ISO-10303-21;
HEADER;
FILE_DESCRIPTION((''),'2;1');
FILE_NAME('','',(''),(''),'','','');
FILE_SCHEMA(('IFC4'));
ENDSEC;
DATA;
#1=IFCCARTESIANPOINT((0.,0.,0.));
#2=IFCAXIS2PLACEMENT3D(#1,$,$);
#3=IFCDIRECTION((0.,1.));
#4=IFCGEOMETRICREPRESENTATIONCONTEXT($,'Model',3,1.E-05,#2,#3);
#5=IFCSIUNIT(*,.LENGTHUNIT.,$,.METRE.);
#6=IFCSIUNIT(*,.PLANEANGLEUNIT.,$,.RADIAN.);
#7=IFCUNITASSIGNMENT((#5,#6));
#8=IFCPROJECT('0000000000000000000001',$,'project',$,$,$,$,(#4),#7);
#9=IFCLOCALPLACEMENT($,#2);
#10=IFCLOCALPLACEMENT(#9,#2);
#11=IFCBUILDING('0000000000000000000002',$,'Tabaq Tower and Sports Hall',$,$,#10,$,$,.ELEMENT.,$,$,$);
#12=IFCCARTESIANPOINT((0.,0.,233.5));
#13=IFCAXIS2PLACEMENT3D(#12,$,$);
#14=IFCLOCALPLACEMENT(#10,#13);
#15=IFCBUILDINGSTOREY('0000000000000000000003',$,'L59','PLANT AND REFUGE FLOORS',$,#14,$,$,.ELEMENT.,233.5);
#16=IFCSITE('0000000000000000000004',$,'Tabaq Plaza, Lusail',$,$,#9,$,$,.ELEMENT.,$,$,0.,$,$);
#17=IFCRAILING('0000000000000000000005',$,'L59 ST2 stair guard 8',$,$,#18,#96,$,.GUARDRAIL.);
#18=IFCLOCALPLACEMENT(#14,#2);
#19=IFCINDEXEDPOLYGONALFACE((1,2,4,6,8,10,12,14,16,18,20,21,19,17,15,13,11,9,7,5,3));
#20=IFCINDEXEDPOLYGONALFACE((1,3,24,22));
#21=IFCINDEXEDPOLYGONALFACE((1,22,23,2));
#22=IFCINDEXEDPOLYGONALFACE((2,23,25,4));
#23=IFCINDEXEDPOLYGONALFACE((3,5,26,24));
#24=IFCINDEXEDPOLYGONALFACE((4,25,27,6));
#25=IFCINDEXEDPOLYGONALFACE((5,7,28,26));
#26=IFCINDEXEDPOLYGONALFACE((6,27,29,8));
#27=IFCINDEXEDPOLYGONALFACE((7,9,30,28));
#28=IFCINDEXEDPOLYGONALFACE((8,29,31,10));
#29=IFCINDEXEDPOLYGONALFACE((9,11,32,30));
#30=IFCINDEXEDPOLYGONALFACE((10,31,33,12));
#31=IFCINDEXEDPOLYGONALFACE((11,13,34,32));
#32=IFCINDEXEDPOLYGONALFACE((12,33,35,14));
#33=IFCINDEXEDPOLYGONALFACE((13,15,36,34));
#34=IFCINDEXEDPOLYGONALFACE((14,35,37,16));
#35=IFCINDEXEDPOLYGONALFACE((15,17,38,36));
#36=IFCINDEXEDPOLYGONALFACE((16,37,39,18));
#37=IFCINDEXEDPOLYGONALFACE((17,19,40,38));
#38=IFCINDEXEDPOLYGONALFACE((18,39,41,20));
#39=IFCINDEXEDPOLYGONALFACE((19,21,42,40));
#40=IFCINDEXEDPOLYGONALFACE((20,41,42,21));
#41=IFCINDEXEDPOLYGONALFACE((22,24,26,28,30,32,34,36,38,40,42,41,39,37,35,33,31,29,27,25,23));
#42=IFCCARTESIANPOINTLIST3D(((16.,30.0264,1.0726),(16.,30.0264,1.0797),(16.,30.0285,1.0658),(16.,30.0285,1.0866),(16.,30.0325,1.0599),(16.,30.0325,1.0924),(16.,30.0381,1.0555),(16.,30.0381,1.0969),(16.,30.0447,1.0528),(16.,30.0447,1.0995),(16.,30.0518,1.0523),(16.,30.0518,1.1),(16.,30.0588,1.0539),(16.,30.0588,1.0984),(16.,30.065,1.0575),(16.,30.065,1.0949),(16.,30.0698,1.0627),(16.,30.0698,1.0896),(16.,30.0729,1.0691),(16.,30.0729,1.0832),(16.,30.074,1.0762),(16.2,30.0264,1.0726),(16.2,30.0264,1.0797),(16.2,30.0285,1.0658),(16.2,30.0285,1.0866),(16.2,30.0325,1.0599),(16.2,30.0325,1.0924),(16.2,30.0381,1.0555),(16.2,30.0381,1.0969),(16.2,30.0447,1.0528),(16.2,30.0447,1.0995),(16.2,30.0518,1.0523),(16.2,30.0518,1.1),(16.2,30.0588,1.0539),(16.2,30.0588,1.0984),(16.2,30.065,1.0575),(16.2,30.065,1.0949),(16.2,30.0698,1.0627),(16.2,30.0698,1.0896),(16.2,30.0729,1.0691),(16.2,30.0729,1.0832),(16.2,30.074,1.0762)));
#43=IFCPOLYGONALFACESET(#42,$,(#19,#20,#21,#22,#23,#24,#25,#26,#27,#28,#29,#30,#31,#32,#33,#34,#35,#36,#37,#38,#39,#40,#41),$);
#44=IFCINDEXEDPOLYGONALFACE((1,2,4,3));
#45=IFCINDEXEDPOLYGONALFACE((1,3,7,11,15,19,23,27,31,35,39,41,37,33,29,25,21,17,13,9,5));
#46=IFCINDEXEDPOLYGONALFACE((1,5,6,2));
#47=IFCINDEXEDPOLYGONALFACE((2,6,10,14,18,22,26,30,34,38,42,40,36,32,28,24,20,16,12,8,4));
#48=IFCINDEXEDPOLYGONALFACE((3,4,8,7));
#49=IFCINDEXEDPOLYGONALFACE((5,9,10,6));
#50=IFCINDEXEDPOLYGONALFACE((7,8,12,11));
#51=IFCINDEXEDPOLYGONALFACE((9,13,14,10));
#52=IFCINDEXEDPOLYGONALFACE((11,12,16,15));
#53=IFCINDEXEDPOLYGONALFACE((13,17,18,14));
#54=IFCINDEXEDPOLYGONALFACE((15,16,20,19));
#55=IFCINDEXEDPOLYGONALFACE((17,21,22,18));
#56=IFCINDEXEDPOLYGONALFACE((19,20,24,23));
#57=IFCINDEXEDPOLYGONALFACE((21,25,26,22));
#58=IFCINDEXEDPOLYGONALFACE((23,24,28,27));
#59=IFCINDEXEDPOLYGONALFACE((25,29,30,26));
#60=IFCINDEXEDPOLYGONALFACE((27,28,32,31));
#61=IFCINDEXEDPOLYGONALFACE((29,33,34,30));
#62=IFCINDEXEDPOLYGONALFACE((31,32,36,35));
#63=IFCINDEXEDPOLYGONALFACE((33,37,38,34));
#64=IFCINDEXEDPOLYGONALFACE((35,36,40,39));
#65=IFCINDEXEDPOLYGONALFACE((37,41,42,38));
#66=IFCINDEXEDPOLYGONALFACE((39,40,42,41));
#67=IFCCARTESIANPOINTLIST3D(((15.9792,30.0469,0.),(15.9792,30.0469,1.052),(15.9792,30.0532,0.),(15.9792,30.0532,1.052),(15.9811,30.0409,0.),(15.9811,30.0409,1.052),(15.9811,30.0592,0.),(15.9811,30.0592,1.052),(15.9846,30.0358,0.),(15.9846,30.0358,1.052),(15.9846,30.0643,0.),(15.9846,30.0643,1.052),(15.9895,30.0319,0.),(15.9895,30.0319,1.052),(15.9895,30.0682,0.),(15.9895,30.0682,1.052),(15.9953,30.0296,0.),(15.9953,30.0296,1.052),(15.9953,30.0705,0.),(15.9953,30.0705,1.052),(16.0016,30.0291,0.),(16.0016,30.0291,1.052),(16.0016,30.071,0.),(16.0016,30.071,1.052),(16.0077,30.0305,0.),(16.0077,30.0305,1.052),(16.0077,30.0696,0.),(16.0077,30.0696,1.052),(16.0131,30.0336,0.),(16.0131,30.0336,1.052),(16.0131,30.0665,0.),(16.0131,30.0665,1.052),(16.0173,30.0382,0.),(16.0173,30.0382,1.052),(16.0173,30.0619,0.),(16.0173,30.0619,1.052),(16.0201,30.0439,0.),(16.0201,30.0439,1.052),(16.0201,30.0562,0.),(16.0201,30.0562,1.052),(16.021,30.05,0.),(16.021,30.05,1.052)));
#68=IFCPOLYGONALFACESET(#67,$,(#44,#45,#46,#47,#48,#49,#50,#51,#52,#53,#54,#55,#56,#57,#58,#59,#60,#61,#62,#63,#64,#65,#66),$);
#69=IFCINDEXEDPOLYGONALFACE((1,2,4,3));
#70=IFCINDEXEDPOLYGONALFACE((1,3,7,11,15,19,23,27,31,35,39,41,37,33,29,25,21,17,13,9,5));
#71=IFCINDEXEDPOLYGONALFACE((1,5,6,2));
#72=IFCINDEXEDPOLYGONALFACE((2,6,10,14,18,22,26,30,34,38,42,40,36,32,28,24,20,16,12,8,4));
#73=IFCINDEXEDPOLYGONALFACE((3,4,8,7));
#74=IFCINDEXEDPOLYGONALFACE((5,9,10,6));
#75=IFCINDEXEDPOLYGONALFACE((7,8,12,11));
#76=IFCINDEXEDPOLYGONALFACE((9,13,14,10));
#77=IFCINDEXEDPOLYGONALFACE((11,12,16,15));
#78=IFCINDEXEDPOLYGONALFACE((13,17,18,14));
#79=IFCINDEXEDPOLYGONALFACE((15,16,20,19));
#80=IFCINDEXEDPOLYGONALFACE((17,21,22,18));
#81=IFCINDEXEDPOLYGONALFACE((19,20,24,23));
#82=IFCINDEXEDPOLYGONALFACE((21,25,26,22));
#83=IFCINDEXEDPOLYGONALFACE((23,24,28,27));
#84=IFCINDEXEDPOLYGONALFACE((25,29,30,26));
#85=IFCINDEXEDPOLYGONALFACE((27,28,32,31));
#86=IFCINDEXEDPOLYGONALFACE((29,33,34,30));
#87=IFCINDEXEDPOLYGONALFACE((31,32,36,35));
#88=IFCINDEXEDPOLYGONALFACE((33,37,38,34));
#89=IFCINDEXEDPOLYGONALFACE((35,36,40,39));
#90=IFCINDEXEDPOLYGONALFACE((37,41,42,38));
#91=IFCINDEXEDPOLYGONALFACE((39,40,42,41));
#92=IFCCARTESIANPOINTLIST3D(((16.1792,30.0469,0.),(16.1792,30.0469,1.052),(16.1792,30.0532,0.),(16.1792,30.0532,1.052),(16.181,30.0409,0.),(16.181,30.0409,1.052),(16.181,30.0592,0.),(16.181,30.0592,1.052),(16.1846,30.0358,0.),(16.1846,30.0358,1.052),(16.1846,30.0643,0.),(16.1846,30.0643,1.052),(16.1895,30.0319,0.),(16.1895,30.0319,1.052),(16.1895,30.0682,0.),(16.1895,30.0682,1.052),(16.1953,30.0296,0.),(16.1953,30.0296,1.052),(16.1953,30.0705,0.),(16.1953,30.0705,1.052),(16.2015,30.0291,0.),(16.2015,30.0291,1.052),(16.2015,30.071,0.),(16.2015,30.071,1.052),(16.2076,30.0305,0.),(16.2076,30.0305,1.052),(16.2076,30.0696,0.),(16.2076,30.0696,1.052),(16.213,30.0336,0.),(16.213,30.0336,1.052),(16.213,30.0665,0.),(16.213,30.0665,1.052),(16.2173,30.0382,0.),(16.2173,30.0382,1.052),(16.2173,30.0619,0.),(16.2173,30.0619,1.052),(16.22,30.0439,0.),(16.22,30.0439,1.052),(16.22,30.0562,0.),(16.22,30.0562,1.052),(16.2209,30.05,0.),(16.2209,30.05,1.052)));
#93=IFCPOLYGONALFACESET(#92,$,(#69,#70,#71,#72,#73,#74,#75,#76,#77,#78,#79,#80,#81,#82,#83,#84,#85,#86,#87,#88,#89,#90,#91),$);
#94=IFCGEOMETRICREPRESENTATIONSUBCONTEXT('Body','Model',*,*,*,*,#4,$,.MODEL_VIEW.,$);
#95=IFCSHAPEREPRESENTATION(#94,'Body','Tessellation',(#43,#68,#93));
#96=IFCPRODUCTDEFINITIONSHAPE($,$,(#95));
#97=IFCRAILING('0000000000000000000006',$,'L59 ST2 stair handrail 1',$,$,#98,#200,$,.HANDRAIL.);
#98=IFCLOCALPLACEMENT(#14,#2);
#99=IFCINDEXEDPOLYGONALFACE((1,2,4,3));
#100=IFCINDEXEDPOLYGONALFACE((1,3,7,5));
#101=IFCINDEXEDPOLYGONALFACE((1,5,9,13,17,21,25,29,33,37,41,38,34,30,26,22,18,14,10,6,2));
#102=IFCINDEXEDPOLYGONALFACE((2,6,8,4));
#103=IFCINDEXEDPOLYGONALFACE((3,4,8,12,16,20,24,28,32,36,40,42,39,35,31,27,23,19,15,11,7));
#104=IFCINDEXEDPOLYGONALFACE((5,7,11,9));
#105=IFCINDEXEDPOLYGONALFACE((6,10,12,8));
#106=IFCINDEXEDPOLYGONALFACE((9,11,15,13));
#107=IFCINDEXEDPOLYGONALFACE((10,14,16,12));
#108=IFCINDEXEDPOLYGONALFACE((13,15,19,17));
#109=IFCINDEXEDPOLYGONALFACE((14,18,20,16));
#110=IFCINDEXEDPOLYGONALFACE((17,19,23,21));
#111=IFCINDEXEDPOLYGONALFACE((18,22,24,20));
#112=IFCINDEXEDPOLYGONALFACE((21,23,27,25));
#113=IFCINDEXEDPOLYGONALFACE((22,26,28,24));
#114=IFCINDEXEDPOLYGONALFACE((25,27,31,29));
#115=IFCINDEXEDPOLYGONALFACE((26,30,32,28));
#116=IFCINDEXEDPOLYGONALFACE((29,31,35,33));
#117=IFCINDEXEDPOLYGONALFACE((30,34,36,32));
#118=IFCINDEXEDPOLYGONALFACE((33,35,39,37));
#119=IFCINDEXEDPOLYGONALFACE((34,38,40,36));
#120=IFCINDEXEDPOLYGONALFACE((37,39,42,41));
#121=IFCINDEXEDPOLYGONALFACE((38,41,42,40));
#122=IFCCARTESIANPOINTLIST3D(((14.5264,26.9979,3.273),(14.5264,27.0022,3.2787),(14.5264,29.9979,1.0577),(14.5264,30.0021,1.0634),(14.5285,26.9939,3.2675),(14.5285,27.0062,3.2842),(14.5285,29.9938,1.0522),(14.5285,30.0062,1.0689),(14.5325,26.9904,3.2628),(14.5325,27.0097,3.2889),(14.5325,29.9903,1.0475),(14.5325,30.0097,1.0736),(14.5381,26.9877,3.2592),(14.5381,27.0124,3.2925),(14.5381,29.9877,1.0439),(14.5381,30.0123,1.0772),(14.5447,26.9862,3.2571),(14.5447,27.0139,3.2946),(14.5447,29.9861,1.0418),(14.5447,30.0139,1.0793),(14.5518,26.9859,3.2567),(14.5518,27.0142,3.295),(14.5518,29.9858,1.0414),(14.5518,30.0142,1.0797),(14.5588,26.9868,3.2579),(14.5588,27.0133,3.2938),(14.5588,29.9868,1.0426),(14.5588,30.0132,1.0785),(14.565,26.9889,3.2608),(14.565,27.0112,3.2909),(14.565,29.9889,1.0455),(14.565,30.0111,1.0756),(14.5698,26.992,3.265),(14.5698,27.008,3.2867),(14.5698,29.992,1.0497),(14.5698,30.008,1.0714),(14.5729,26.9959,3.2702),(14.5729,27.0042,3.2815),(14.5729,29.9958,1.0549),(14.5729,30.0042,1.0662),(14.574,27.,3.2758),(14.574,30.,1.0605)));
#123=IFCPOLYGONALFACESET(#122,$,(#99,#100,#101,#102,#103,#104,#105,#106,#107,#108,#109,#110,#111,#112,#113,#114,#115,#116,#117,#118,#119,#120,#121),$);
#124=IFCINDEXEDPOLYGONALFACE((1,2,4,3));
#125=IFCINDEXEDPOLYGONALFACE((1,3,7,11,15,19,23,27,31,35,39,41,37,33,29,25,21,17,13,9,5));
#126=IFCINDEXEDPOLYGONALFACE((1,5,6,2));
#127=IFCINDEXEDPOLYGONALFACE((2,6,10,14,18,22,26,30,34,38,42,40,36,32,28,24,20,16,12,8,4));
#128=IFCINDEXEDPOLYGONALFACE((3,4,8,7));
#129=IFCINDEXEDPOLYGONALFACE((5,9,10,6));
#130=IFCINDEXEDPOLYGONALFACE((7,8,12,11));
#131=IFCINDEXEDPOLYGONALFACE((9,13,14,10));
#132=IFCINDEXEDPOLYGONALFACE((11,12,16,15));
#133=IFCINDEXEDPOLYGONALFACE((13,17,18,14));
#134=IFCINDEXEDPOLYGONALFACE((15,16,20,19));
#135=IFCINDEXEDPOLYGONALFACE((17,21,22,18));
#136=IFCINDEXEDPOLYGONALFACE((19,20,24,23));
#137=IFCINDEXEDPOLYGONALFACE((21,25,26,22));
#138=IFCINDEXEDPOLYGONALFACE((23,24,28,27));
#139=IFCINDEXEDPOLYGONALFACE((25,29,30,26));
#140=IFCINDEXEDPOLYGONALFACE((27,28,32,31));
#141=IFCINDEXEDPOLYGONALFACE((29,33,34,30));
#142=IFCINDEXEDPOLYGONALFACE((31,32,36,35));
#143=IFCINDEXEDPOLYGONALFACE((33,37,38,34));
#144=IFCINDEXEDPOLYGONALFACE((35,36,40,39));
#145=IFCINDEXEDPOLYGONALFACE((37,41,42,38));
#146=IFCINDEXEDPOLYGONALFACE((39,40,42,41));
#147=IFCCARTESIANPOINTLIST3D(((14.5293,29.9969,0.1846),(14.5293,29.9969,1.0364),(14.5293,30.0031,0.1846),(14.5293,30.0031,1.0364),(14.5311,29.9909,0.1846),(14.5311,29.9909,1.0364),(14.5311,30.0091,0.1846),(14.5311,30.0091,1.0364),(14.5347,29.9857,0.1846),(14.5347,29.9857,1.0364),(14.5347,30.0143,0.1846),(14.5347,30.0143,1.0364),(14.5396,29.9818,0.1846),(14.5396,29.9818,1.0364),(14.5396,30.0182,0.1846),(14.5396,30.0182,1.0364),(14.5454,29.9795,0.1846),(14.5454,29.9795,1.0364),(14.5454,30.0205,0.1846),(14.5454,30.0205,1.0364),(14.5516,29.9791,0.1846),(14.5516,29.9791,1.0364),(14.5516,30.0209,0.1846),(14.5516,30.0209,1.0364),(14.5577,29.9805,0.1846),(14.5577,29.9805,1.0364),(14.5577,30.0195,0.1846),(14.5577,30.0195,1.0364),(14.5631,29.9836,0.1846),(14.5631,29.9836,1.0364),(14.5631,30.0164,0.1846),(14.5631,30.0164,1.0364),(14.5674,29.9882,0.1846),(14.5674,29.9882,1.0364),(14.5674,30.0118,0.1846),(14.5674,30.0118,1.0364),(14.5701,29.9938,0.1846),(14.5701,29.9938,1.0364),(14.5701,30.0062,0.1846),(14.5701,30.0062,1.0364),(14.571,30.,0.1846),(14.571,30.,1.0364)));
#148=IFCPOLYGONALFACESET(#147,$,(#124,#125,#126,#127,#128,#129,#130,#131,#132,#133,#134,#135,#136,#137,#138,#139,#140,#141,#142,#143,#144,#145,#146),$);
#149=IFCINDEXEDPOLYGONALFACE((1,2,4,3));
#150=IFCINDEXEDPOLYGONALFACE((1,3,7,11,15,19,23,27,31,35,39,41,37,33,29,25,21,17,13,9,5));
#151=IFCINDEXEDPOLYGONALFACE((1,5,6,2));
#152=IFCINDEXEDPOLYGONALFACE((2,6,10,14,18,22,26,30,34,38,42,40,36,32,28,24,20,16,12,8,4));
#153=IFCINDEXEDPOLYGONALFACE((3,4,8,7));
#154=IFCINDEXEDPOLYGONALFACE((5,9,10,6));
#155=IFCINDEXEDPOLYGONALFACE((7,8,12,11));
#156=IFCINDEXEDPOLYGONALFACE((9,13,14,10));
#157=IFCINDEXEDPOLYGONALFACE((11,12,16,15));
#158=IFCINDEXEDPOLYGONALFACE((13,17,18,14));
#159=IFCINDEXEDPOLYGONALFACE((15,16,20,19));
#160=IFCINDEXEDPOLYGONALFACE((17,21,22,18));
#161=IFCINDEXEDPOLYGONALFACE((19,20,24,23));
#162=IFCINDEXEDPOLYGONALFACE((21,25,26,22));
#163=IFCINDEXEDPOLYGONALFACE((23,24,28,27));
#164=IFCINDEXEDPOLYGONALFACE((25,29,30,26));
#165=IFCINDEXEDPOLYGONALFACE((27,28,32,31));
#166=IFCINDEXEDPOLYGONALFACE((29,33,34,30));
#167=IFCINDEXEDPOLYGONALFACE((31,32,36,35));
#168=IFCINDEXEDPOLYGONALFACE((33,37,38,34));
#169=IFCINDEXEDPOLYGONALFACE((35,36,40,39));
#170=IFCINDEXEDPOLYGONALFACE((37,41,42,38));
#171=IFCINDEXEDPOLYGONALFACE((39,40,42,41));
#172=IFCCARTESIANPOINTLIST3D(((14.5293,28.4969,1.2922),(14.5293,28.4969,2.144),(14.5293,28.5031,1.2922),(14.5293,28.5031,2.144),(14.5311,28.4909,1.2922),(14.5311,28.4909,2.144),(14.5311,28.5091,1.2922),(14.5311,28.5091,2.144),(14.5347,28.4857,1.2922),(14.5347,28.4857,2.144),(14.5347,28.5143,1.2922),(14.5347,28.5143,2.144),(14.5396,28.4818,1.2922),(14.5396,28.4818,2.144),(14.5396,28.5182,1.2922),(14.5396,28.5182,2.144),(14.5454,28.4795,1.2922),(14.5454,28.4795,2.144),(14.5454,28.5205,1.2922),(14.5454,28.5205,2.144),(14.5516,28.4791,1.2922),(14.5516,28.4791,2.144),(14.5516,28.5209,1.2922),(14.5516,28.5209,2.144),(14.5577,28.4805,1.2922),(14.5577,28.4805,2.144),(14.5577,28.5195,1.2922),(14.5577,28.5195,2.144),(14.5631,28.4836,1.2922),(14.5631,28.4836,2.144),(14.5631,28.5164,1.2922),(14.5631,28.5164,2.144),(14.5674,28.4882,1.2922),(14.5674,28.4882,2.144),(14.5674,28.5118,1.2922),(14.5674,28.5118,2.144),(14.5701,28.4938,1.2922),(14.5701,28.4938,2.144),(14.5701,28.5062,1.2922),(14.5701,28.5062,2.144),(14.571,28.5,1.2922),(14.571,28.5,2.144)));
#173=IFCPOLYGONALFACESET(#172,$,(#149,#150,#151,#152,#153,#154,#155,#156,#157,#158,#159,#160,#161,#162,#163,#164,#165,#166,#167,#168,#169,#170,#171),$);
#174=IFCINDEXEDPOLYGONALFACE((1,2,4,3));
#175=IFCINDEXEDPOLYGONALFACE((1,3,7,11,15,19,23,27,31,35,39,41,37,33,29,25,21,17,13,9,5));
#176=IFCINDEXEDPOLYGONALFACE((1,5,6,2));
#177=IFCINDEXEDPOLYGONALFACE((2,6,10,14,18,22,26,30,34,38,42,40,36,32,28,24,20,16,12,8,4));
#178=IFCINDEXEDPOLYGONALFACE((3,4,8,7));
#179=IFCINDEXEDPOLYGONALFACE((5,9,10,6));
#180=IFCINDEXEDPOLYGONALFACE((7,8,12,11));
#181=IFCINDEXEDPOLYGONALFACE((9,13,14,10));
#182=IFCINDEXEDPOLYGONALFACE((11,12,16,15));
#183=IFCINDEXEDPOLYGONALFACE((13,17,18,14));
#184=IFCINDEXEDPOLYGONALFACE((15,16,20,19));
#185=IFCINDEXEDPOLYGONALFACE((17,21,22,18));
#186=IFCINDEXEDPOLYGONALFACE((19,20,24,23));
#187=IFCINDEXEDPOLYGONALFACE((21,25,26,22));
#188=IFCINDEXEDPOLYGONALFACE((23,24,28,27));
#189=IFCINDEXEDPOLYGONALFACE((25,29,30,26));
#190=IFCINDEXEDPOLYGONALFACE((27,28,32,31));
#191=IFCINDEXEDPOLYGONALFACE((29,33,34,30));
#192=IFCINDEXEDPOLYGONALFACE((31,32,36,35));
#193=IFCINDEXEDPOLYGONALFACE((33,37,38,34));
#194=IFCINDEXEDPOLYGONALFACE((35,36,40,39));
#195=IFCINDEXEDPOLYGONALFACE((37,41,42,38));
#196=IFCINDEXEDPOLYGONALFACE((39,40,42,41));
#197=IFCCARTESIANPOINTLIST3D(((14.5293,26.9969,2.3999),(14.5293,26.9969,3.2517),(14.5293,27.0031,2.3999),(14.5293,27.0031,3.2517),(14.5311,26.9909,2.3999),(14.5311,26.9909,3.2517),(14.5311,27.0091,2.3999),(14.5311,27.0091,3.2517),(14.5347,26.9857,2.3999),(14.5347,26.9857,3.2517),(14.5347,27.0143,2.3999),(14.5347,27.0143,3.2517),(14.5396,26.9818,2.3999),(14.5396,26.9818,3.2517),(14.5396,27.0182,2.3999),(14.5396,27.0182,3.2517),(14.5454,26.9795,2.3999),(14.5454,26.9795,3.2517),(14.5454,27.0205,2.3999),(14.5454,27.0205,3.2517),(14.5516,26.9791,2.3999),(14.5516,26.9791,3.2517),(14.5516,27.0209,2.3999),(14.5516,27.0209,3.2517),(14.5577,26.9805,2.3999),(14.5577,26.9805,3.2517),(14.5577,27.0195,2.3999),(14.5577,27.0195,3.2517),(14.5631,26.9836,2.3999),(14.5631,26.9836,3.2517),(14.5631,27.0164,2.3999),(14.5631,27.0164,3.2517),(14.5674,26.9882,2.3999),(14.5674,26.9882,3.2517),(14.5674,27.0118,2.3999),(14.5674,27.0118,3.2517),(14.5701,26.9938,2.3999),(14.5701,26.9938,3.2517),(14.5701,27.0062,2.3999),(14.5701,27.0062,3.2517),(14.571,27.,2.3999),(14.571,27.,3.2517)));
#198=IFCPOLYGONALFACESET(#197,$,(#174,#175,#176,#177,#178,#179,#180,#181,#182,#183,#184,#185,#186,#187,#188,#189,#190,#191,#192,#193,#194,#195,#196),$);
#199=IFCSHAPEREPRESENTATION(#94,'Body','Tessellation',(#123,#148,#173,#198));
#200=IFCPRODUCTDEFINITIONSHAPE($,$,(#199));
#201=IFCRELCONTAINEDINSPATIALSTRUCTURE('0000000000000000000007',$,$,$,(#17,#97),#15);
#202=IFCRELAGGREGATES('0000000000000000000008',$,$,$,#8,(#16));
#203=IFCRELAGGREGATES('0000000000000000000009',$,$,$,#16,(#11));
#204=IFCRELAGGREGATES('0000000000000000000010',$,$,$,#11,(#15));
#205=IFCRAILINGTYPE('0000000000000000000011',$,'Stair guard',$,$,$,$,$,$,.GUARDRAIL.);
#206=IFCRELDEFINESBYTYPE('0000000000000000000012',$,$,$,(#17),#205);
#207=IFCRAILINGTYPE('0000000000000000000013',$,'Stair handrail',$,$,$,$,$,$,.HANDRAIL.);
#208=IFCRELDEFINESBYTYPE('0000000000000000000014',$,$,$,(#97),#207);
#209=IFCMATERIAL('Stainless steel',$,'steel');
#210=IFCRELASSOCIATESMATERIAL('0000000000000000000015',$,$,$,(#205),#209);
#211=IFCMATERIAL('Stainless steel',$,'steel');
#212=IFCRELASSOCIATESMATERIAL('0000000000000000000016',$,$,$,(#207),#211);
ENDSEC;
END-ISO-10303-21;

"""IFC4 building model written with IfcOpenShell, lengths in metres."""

from ifc_helpers import new_model, si_unit, direction, frame, origin, origin_2d, place, context, subcontext, project, spatial, circle, extrude, material, type_object, element, save


model = new_model("IFC4")

# Units and contexts
model_context = context("Model", 3, precision=1e-05, world=origin(), true_north=direction((0.0, 1.0)))
body_context = subcontext(model_context, "Body", "Model", "MODEL_VIEW")
ifc_project = project(units=[si_unit("LENGTHUNIT", "METRE"), si_unit("PLANEANGLEUNIT", "RADIAN")], contexts=[model_context])

# Site, building, storey
site_placement = place(None, origin())
site = spatial("IfcSite", under=ifc_project, at=site_placement, Name="Tabaq Plaza, Lusail", CompositionType="ELEMENT", RefElevation=0.0)
building_placement = place(site_placement, origin())
building = spatial("IfcBuilding", under=site, at=building_placement, Name="Tabaq Tower and Sports Hall", CompositionType="ELEMENT")
storey_placement = place(building_placement, frame((0.0, 0.0, 233.5)))
storey = spatial("IfcBuildingStorey", under=building, at=storey_placement, Name="L59", Description="PLANT AND REFUGE FLOORS", CompositionType="ELEMENT", Elevation=233.5)

# Railings
ifc_material_1 = material(Name="Stainless steel", Category="steel")
railing_type_1 = type_object("IfcRailingType", Name="Stair guard", PredefinedType="GUARDRAIL", material=ifc_material_1)
railing_1_placement = place(storey_placement, frame((16.0, 30.05, 0.0)))
element("IfcRailing", 1, at=railing_1_placement, inside=storey, type_object=railing_type_1, Name="L59 ST2 stair guard 8", PredefinedType="GUARDRAIL", context=body_context, shape_type="SweptSolid", body=[
    extrude(circle(Radius=0.0239, at=origin_2d()), frame((0.0, 0.0, 1.0762), z_axis=(1.0, 0.0, 0.0), x_axis=(0.0, 1.0, 0.0)), (0.0, 0.0, 1.0), 0.2),
    extrude(circle(Radius=0.021, at=origin_2d()), origin(), (0.0, 0.0, 1.0), 1.052),
    extrude(circle(Radius=0.021, at=origin_2d()), frame((0.2, 0.0, 0.0)), (0.0, 0.0, 1.0), 1.052),
])
ifc_material_2 = material(Name="Stainless steel", Category="steel")
railing_type_2 = type_object("IfcRailingType", Name="Stair handrail", PredefinedType="HANDRAIL", material=ifc_material_2)
railing_2_placement = place(storey_placement, frame((14.55, 30.0, 0.1846)))
element("IfcRailing", 2, at=railing_2_placement, inside=storey, type_object=railing_type_2, Name="L59 ST2 stair handrail 1", PredefinedType="HANDRAIL", context=body_context, shape_type="SweptSolid", body=[
    extrude(circle(Radius=0.0239, at=origin_2d()), frame((0.0, 0.0, 0.876), z_axis=(0.0, -0.80444, 0.594034), x_axis=(1.0, 0.0, 0.0)), (0.0, 0.0, 1.0), 3.7292),
    extrude(circle(Radius=0.021, at=origin_2d()), origin(), (0.0, 0.0, 1.0), 0.8518),
    extrude(circle(Radius=0.021, at=origin_2d()), frame((0.0, -1.5, 1.1077)), (0.0, 0.0, 1.0), 0.8518),
    extrude(circle(Radius=0.021, at=origin_2d()), frame((0.0, -3.0, 2.2153)), (0.0, 0.0, 1.0), 0.8518),
])

save(model, "model.ifc")
